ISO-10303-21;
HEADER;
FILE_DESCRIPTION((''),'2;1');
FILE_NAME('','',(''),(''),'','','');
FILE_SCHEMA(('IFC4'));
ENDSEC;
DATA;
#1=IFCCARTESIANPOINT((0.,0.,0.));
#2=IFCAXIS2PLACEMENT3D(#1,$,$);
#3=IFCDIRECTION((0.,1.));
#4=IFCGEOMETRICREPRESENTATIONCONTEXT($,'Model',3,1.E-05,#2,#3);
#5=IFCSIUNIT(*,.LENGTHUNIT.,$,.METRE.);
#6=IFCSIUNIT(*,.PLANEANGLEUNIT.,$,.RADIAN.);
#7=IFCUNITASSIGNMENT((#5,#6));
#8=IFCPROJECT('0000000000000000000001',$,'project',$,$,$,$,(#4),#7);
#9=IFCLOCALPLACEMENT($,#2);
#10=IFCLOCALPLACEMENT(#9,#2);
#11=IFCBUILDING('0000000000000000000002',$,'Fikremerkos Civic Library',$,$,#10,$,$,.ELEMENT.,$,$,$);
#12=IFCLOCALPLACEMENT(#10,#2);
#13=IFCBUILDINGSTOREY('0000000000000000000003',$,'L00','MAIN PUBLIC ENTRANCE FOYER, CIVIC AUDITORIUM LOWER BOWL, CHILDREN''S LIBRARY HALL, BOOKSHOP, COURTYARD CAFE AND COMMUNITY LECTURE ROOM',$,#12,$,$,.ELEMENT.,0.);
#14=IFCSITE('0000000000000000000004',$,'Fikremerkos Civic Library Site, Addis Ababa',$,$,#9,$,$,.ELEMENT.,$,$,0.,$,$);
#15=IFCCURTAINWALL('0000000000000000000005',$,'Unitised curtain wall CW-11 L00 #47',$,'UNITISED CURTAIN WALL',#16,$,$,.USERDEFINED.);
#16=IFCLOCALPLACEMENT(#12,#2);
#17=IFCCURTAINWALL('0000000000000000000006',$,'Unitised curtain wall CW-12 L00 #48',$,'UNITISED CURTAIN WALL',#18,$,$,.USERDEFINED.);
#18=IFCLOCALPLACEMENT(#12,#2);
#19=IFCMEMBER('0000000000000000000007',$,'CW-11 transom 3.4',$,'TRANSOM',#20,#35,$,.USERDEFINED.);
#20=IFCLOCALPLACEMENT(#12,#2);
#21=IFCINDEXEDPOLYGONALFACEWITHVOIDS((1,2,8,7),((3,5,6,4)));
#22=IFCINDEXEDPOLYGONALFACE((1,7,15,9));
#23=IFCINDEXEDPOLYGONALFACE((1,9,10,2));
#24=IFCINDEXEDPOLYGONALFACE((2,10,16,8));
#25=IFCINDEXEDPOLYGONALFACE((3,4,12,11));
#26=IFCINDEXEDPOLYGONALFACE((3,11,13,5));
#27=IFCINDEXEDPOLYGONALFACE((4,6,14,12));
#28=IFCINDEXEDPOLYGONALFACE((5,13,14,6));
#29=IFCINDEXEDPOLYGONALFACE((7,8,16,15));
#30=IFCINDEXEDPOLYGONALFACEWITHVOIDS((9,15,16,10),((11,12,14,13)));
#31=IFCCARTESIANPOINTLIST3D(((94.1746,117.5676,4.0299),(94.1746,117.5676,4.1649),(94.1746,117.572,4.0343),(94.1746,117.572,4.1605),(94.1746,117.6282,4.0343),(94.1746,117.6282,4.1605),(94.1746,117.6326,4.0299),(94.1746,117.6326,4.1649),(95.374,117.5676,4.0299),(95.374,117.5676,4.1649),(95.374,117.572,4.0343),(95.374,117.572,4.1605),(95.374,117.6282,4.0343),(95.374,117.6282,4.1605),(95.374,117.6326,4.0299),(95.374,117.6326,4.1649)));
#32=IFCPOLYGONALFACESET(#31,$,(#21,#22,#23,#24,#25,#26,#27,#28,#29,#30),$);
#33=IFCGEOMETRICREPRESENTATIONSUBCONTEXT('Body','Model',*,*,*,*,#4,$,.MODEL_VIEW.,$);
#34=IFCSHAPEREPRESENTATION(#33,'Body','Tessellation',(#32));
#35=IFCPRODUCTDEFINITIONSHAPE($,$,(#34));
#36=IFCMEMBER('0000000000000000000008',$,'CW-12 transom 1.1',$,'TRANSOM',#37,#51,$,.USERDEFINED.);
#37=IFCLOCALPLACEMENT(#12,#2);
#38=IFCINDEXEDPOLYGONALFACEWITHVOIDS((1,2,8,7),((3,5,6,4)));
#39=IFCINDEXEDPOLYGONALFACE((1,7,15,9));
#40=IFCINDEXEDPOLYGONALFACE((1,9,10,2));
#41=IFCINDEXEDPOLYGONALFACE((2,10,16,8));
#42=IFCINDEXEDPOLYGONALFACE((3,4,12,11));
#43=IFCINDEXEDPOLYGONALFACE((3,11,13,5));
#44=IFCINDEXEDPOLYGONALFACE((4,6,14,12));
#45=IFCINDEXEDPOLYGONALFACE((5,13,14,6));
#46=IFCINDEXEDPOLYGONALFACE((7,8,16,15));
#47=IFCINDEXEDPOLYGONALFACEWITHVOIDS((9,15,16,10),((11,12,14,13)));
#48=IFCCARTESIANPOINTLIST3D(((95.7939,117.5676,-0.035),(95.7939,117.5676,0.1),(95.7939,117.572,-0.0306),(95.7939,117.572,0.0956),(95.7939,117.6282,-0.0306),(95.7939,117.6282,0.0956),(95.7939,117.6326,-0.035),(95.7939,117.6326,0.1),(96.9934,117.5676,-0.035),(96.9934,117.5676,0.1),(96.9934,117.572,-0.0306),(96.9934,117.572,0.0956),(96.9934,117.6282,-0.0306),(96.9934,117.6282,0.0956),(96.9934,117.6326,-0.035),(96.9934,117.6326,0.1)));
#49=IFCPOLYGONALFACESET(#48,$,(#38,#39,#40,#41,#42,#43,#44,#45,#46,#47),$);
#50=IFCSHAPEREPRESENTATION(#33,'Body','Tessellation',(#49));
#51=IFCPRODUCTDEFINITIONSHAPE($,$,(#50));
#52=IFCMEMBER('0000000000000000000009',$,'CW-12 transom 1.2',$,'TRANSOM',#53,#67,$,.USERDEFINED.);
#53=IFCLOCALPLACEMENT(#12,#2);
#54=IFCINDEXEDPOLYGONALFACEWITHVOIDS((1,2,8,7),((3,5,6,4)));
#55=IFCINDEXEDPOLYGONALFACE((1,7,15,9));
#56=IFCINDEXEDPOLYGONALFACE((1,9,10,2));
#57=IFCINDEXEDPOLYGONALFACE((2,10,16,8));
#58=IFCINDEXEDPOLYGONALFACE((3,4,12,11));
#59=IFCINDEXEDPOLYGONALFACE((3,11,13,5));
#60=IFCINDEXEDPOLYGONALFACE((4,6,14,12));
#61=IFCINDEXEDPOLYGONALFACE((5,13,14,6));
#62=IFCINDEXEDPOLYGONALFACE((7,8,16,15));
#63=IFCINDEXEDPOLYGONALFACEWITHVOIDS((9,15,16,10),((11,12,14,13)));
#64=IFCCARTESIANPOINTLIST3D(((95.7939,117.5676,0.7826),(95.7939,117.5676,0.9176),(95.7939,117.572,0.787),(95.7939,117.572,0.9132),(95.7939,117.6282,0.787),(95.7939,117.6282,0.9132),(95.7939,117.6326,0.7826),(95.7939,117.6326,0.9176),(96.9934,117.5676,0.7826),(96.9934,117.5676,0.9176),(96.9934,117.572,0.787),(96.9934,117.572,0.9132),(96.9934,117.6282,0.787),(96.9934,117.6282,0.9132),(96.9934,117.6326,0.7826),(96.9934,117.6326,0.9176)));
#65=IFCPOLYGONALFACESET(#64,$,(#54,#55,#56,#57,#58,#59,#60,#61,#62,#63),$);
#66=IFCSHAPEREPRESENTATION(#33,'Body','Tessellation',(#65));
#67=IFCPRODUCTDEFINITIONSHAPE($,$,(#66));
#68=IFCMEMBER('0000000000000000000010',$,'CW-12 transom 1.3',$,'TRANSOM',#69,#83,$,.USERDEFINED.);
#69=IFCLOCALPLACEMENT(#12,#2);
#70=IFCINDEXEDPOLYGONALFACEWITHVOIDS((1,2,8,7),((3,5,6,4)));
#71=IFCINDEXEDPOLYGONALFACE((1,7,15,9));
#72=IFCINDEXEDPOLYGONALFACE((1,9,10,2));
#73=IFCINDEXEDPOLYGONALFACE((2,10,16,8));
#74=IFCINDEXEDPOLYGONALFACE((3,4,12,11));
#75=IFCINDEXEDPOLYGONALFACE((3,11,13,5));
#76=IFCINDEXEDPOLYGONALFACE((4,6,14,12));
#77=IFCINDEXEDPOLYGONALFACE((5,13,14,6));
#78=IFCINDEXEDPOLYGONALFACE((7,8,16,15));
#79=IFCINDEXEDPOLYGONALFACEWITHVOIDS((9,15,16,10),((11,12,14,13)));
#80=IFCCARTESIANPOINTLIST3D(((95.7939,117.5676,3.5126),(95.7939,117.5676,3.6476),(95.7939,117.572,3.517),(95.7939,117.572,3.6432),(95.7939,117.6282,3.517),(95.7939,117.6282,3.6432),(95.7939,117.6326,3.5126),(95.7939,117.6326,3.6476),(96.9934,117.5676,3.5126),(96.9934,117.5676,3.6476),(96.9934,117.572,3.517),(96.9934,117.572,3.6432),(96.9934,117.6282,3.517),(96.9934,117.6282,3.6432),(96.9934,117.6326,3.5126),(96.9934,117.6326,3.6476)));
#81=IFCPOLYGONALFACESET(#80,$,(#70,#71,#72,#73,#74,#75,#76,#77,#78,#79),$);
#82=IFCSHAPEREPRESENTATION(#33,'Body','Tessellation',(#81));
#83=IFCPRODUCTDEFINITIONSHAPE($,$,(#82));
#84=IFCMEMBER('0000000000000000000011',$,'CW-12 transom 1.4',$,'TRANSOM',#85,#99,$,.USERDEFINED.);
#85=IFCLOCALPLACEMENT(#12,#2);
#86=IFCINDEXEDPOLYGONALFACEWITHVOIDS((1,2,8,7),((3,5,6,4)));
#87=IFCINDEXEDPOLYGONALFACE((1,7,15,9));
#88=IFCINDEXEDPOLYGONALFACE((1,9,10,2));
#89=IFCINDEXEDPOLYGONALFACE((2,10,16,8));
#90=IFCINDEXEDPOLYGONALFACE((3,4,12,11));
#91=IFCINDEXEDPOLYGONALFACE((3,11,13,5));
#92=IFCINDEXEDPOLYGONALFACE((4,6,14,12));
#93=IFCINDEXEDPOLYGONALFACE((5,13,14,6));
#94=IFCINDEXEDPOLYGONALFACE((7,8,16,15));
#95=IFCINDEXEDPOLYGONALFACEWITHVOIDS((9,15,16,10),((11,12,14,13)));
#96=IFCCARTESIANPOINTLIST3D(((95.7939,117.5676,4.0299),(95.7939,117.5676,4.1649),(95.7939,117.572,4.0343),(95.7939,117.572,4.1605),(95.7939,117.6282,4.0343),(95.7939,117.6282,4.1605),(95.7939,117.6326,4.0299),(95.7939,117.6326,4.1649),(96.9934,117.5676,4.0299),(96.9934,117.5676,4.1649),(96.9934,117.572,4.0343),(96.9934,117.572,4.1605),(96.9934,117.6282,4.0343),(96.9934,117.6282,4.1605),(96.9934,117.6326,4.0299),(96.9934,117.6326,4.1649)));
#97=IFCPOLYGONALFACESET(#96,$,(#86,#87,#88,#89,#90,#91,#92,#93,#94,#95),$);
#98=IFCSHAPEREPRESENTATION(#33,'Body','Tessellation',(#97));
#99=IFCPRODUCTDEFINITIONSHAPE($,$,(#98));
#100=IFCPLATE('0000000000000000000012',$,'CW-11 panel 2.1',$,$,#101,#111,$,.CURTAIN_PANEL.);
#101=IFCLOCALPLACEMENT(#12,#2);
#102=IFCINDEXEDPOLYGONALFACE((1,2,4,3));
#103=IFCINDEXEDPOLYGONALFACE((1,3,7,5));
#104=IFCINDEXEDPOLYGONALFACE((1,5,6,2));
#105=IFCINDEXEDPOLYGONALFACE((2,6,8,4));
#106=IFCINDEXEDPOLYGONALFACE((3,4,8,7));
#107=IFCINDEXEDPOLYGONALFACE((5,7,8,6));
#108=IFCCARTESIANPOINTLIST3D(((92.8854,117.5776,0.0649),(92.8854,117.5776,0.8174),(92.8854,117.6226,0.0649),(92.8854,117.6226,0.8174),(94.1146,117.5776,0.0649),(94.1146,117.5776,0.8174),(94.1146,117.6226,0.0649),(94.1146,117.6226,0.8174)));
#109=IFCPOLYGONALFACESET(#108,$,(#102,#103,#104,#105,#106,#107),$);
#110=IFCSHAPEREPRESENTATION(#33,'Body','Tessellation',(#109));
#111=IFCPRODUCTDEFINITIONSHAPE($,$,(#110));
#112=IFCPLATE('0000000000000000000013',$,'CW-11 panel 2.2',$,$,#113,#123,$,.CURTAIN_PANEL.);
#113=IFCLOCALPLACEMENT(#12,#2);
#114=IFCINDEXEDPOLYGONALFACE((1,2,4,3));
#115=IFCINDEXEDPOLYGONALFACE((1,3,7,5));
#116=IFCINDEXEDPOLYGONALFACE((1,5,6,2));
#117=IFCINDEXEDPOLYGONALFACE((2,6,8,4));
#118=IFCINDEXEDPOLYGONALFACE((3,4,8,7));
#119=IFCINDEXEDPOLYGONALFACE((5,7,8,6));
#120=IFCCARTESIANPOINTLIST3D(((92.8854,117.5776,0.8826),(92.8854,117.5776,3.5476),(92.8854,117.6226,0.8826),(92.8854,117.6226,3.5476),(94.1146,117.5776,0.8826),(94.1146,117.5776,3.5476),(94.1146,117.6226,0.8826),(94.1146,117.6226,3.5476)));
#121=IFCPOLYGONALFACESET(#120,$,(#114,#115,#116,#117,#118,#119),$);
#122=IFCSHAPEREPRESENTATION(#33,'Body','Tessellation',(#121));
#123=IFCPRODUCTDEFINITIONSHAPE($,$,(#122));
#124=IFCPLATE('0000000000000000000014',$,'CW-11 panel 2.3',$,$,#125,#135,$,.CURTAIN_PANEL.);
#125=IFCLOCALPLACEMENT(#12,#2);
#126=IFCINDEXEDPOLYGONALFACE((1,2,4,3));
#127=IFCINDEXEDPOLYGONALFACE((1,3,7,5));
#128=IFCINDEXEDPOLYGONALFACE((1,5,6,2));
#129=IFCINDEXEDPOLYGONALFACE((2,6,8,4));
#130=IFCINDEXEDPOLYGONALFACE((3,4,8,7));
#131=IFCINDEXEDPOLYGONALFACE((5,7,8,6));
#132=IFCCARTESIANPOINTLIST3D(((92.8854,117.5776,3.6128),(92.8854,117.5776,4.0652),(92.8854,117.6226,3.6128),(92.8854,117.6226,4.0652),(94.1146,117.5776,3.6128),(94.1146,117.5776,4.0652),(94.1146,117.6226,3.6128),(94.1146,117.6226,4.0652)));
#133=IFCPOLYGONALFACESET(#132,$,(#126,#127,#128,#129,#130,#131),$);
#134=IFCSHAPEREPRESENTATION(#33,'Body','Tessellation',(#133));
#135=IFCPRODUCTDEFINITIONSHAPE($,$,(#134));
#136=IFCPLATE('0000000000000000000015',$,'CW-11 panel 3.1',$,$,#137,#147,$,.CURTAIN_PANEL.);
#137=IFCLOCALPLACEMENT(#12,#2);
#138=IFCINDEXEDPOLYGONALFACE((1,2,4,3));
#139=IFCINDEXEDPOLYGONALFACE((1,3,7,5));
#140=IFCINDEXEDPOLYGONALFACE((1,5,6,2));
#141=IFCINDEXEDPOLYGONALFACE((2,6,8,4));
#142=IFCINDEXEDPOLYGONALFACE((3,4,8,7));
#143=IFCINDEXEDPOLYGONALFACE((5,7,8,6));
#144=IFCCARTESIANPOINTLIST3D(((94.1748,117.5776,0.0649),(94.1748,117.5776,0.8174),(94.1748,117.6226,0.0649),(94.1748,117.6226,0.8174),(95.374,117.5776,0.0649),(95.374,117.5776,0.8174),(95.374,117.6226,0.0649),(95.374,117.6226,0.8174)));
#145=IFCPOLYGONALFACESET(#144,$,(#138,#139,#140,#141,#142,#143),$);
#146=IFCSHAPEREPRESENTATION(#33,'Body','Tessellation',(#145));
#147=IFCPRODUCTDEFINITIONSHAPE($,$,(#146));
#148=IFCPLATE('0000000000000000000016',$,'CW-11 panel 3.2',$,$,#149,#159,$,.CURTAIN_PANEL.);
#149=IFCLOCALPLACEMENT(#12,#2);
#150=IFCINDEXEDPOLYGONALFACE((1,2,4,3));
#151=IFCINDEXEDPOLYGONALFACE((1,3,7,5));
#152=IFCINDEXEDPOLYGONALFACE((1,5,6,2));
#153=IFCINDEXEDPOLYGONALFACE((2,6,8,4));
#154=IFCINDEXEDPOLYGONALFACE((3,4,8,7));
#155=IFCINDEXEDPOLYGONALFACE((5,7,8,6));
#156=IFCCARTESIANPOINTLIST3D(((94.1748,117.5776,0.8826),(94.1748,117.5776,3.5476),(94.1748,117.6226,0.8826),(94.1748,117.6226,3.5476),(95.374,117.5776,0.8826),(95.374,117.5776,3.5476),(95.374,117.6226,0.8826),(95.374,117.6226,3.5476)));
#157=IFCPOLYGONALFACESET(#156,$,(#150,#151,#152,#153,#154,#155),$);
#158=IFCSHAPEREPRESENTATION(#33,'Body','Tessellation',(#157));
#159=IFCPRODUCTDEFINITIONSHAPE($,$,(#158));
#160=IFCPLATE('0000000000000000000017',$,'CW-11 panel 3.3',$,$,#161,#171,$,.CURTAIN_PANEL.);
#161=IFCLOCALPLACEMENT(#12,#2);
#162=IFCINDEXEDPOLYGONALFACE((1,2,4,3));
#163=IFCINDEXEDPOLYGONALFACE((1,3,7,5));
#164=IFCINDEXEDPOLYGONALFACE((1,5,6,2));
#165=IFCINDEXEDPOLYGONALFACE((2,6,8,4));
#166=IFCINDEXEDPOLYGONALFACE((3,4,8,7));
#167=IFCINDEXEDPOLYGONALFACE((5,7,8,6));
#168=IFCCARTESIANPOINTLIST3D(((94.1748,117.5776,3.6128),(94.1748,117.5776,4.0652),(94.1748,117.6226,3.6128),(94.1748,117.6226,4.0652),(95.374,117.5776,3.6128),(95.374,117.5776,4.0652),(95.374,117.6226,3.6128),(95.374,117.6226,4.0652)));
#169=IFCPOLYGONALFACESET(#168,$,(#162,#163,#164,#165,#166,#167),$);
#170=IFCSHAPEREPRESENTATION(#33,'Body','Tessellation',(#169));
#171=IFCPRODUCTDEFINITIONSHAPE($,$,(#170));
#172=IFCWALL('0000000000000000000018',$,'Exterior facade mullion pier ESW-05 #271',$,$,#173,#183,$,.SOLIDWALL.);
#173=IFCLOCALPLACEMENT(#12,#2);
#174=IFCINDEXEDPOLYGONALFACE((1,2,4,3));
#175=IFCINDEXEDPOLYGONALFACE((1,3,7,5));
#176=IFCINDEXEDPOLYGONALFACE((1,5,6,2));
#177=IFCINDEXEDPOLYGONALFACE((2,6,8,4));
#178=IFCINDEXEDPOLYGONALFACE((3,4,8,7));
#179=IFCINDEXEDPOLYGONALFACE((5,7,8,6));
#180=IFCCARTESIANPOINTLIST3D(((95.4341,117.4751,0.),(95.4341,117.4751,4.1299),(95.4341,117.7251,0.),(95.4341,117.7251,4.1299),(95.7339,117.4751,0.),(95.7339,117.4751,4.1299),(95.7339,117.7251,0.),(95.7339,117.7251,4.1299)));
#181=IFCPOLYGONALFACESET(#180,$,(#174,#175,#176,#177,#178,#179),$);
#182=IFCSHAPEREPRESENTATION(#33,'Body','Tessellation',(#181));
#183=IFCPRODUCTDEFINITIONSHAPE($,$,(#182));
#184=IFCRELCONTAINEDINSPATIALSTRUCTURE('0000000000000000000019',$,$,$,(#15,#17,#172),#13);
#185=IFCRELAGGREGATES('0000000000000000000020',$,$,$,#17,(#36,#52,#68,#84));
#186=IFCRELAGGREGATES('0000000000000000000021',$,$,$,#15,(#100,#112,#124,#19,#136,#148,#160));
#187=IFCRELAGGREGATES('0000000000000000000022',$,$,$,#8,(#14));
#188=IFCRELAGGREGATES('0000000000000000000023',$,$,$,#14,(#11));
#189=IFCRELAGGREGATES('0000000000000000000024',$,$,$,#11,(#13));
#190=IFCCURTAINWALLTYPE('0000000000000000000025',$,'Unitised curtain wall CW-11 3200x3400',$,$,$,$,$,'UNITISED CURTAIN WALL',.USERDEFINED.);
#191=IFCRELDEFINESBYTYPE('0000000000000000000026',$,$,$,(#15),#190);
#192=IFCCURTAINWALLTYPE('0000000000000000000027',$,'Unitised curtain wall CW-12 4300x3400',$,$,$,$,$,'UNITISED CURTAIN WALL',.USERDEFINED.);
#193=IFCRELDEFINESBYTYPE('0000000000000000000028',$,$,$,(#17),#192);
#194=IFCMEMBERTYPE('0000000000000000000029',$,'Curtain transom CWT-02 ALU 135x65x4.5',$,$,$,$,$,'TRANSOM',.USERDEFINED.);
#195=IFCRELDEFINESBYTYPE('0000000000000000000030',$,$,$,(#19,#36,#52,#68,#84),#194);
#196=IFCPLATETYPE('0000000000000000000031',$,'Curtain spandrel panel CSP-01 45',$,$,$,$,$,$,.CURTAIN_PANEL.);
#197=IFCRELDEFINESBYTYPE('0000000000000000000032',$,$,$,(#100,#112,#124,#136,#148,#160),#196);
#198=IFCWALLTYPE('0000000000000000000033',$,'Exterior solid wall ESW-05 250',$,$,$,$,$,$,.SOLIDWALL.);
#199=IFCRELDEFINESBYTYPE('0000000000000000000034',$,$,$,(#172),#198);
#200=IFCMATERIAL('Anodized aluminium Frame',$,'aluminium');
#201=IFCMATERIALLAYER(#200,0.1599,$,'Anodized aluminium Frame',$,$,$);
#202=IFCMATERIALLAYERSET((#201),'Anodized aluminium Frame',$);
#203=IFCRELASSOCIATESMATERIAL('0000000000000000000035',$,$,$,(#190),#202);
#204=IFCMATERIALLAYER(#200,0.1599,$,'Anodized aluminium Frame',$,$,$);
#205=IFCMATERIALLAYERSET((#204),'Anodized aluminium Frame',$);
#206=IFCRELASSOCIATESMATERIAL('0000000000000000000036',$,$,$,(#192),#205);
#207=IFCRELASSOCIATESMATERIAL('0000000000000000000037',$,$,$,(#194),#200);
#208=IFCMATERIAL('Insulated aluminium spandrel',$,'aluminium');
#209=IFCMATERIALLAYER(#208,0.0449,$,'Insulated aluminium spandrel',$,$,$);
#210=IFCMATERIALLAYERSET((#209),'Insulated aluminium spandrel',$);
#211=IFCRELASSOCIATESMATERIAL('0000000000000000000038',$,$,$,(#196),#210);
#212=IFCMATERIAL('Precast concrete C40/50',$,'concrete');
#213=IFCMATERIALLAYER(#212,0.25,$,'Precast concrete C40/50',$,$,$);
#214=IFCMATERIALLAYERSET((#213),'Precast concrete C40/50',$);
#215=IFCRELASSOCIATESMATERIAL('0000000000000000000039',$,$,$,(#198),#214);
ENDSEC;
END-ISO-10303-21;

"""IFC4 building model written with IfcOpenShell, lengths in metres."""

from ifc_helpers import new_model, si_unit, direction, frame, frame_2d, origin, origin_2d, place, context, subcontext, project, spatial, rectangle, hollow_rectangle, extrude, material, layer, layer_set, material_profile, profile_set, type_object, element, aggregate, save


model = new_model("IFC4")

# Units and contexts
model_context = context("Model", 3, precision=1e-05, world=origin(), true_north=direction((0.0, 1.0)))
body_context = subcontext(model_context, "Body", "Model", "MODEL_VIEW")
ifc_project = project(units=[si_unit("LENGTHUNIT", "METRE"), si_unit("PLANEANGLEUNIT", "RADIAN")], contexts=[model_context])

# Site, building, storey
site_placement = place(None, origin())
site = spatial("IfcSite", under=ifc_project, at=site_placement, Name="Fikremerkos Civic Library Site, Addis Ababa", CompositionType="ELEMENT", RefElevation=0.0)
building_placement = place(site_placement, origin())
building = spatial("IfcBuilding", under=site, at=building_placement, Name="Fikremerkos Civic Library", CompositionType="ELEMENT")
storey_placement = place(building_placement, origin())
storey = spatial("IfcBuildingStorey", under=building, at=storey_placement, Name="L00", Description="MAIN PUBLIC ENTRANCE FOYER, CIVIC AUDITORIUM LOWER BOWL, CHILDREN'S LIBRARY HALL, BOOKSHOP, COURTYARD CAFE AND COMMUNITY LECTURE ROOM", CompositionType="ELEMENT", Elevation=0.0)

# Curtain wall
ifc_material_1 = material(Name="Anodized aluminium Frame", Category="aluminium")
ifc_layer_1 = layer(ifc_material_1, 0.1599, Name="Anodized aluminium Frame")
ifc_layer_set_1 = layer_set([ifc_layer_1], Name="Anodized aluminium Frame")
curtain_wall_type_1 = type_object("IfcCurtainWallType", Name="Unitised curtain wall CW-11 3200x3400", ElementType="UNITISED CURTAIN WALL", PredefinedType="USERDEFINED", material=ifc_layer_set_1)
curtain_wall_1_placement = place(storey_placement, origin())
curtain_wall_1 = element("IfcCurtainWall", 1, at=curtain_wall_1_placement, inside=storey, type_object=curtain_wall_type_1, Name="Unitised curtain wall CW-11 L00 #47", ObjectType="UNITISED CURTAIN WALL", PredefinedType="USERDEFINED")

# Curtain wall
ifc_layer_2 = layer(ifc_material_1, 0.1599, Name="Anodized aluminium Frame")
ifc_layer_set_2 = layer_set([ifc_layer_2], Name="Anodized aluminium Frame")
curtain_wall_type_2 = type_object("IfcCurtainWallType", Name="Unitised curtain wall CW-12 4300x3400", ElementType="UNITISED CURTAIN WALL", PredefinedType="USERDEFINED", material=ifc_layer_set_2)
curtain_wall_2_placement = place(storey_placement, origin())
curtain_wall_2 = element("IfcCurtainWall", 2, at=curtain_wall_2_placement, inside=storey, type_object=curtain_wall_type_2, Name="Unitised curtain wall CW-12 L00 #48", ObjectType="UNITISED CURTAIN WALL", PredefinedType="USERDEFINED")

# Members
ifc_material_profile_1 = material_profile(ifc_material_1, hollow_rectangle(XDim=0.0649, YDim=0.135, WallThickness=0.0044, at=origin_2d()), Name="ALU 135x65x4.5")
ifc_profile_set_1 = profile_set([ifc_material_profile_1], Name="Anodized aluminium Frame")
member_type_1 = type_object("IfcMemberType", Name="Curtain transom CWT-02 ALU 135x65x4.5", ElementType="TRANSOM", PredefinedType="USERDEFINED", material=ifc_profile_set_1)
member_1_placement = place(storey_placement, frame((94.1746, 117.6001, 4.0974), z_axis=(1.0, 0.0, 0.0), x_axis=(0.0, 1.0, 0.0)))
member_1 = element("IfcMember", 3, at=member_1_placement, type_object=member_type_1, Name="CW-11 transom 3.4", ObjectType="TRANSOM", PredefinedType="USERDEFINED", context=body_context, shape_type="SweptSolid", body=[
    extrude(hollow_rectangle(XDim=0.0649, YDim=0.135, WallThickness=0.0044, at=origin_2d()), origin(), (0.0, 0.0, 1.0), 1.1995),
])
member_2_placement = place(storey_placement, frame((95.7939, 117.6001, 0.0325), z_axis=(1.0, 0.0, 0.0), x_axis=(0.0, 1.0, 0.0)))
member_2 = element("IfcMember", 4, at=member_2_placement, type_object=member_type_1, Name="CW-12 transom 1.1", ObjectType="TRANSOM", PredefinedType="USERDEFINED", context=body_context, shape_type="SweptSolid", body=[
    extrude(hollow_rectangle(XDim=0.0649, YDim=0.135, WallThickness=0.0044, at=origin_2d()), origin(), (0.0, 0.0, 1.0), 1.1995),
])
member_3_placement = place(storey_placement, frame((95.7939, 117.6001, 0.8501), z_axis=(1.0, 0.0, 0.0), x_axis=(0.0, 1.0, 0.0)))
member_3 = element("IfcMember", 5, at=member_3_placement, type_object=member_type_1, Name="CW-12 transom 1.2", ObjectType="TRANSOM", PredefinedType="USERDEFINED", context=body_context, shape_type="SweptSolid", body=[
    extrude(hollow_rectangle(XDim=0.0649, YDim=0.135, WallThickness=0.0044, at=origin_2d()), origin(), (0.0, 0.0, 1.0), 1.1995),
])
member_4_placement = place(storey_placement, frame((95.7939, 117.6001, 3.5801), z_axis=(1.0, 0.0, 0.0), x_axis=(0.0, 1.0, 0.0)))
member_4 = element("IfcMember", 6, at=member_4_placement, type_object=member_type_1, Name="CW-12 transom 1.3", ObjectType="TRANSOM", PredefinedType="USERDEFINED", context=body_context, shape_type="SweptSolid", body=[
    extrude(hollow_rectangle(XDim=0.0649, YDim=0.135, WallThickness=0.0044, at=origin_2d()), origin(), (0.0, 0.0, 1.0), 1.1995),
])
member_5_placement = place(storey_placement, frame((95.7939, 117.6001, 4.0974), z_axis=(1.0, 0.0, 0.0), x_axis=(0.0, 1.0, 0.0)))
member_5 = element("IfcMember", 7, at=member_5_placement, type_object=member_type_1, Name="CW-12 transom 1.4", ObjectType="TRANSOM", PredefinedType="USERDEFINED", context=body_context, shape_type="SweptSolid", body=[
    extrude(hollow_rectangle(XDim=0.0649, YDim=0.135, WallThickness=0.0044, at=origin_2d()), origin(), (0.0, 0.0, 1.0), 1.1995),
])
aggregate(curtain_wall_2, [member_2, member_3, member_4, member_5])

# Plates
ifc_material_2 = material(Name="Insulated aluminium spandrel", Category="aluminium")
ifc_layer_3 = layer(ifc_material_2, 0.0449, Name="Insulated aluminium spandrel")
ifc_layer_set_3 = layer_set([ifc_layer_3], Name="Insulated aluminium spandrel")
plate_type = type_object("IfcPlateType", Name="Curtain spandrel panel CSP-01 45", PredefinedType="CURTAIN_PANEL", material=ifc_layer_set_3)
plate_1_placement = place(storey_placement, frame((93.5, 117.6001, 0.0649), z_axis=(0.0, 0.0, 1.0), x_axis=(1.0, 0.0, 0.0)))
plate_1 = element("IfcPlate", 8, at=plate_1_placement, type_object=plate_type, Name="CW-11 panel 2.1", PredefinedType="CURTAIN_PANEL", context=body_context, shape_type="SweptSolid", body=[
    extrude(rectangle(XDim=1.2292, YDim=0.0449, at=origin_2d()), origin(), (0.0, 0.0, 1.0), 0.7524),
])
plate_2_placement = place(storey_placement, frame((93.5, 117.6001, 0.8826), z_axis=(0.0, 0.0, 1.0), x_axis=(1.0, 0.0, 0.0)))
plate_2 = element("IfcPlate", 9, at=plate_2_placement, type_object=plate_type, Name="CW-11 panel 2.2", PredefinedType="CURTAIN_PANEL", context=body_context, shape_type="SweptSolid", body=[
    extrude(rectangle(XDim=1.2292, YDim=0.0449, at=origin_2d()), origin(), (0.0, 0.0, 1.0), 2.665),
])
plate_3_placement = place(storey_placement, frame((93.5, 117.6001, 3.6128), z_axis=(0.0, 0.0, 1.0), x_axis=(1.0, 0.0, 0.0)))
plate_3 = element("IfcPlate", 10, at=plate_3_placement, type_object=plate_type, Name="CW-11 panel 2.3", PredefinedType="CURTAIN_PANEL", context=body_context, shape_type="SweptSolid", body=[
    extrude(rectangle(XDim=1.2292, YDim=0.0449, at=origin_2d()), origin(), (0.0, 0.0, 1.0), 0.4524),
])
plate_4_placement = place(storey_placement, frame((94.7744, 117.6001, 0.0649), z_axis=(0.0, 0.0, 1.0), x_axis=(1.0, 0.0, 0.0)))
plate_4 = element("IfcPlate", 11, at=plate_4_placement, type_object=plate_type, Name="CW-11 panel 3.1", PredefinedType="CURTAIN_PANEL", context=body_context, shape_type="SweptSolid", body=[
    extrude(rectangle(XDim=1.1992, YDim=0.0449, at=origin_2d()), origin(), (0.0, 0.0, 1.0), 0.7524),
])
plate_5_placement = place(storey_placement, frame((94.7744, 117.6001, 0.8826), z_axis=(0.0, 0.0, 1.0), x_axis=(1.0, 0.0, 0.0)))
plate_5 = element("IfcPlate", 12, at=plate_5_placement, type_object=plate_type, Name="CW-11 panel 3.2", PredefinedType="CURTAIN_PANEL", context=body_context, shape_type="SweptSolid", body=[
    extrude(rectangle(XDim=1.1992, YDim=0.0449, at=origin_2d()), origin(), (0.0, 0.0, 1.0), 2.665),
])
plate_6_placement = place(storey_placement, frame((94.7744, 117.6001, 3.6128), z_axis=(0.0, 0.0, 1.0), x_axis=(1.0, 0.0, 0.0)))
plate_6 = element("IfcPlate", 13, at=plate_6_placement, type_object=plate_type, Name="CW-11 panel 3.3", PredefinedType="CURTAIN_PANEL", context=body_context, shape_type="SweptSolid", body=[
    extrude(rectangle(XDim=1.1992, YDim=0.0449, at=origin_2d()), origin(), (0.0, 0.0, 1.0), 0.4524),
])
aggregate(curtain_wall_1, [plate_1, plate_2, plate_3, member_1, plate_4, plate_5, plate_6])

# Wall
ifc_material_3 = material(Name="Precast concrete C40/50", Category="concrete")
ifc_layer_4 = layer(ifc_material_3, 0.25, Name="Precast concrete C40/50")
ifc_layer_set_4 = layer_set([ifc_layer_4], Name="Precast concrete C40/50")
wall_type = type_object("IfcWallType", Name="Exterior solid wall ESW-05 250", PredefinedType="SOLIDWALL", material=ifc_layer_set_4)
wall_placement = place(storey_placement, frame((95.4341, 117.6001, 0.0), z_axis=(0.0, 0.0, 1.0), x_axis=(1.0, 0.0, 0.0)))
element("IfcWall", 14, at=wall_placement, inside=storey, type_object=wall_type, Name="Exterior facade mullion pier ESW-05 #271", PredefinedType="SOLIDWALL", context=body_context, shape_type="SweptSolid", body=[
    extrude(rectangle(XDim=0.2998, YDim=0.25, at=frame_2d((0.1499, 0.0))), origin(), (0.0, 0.0, 1.0), 4.1299),
])

save(model, "model.ifc")
